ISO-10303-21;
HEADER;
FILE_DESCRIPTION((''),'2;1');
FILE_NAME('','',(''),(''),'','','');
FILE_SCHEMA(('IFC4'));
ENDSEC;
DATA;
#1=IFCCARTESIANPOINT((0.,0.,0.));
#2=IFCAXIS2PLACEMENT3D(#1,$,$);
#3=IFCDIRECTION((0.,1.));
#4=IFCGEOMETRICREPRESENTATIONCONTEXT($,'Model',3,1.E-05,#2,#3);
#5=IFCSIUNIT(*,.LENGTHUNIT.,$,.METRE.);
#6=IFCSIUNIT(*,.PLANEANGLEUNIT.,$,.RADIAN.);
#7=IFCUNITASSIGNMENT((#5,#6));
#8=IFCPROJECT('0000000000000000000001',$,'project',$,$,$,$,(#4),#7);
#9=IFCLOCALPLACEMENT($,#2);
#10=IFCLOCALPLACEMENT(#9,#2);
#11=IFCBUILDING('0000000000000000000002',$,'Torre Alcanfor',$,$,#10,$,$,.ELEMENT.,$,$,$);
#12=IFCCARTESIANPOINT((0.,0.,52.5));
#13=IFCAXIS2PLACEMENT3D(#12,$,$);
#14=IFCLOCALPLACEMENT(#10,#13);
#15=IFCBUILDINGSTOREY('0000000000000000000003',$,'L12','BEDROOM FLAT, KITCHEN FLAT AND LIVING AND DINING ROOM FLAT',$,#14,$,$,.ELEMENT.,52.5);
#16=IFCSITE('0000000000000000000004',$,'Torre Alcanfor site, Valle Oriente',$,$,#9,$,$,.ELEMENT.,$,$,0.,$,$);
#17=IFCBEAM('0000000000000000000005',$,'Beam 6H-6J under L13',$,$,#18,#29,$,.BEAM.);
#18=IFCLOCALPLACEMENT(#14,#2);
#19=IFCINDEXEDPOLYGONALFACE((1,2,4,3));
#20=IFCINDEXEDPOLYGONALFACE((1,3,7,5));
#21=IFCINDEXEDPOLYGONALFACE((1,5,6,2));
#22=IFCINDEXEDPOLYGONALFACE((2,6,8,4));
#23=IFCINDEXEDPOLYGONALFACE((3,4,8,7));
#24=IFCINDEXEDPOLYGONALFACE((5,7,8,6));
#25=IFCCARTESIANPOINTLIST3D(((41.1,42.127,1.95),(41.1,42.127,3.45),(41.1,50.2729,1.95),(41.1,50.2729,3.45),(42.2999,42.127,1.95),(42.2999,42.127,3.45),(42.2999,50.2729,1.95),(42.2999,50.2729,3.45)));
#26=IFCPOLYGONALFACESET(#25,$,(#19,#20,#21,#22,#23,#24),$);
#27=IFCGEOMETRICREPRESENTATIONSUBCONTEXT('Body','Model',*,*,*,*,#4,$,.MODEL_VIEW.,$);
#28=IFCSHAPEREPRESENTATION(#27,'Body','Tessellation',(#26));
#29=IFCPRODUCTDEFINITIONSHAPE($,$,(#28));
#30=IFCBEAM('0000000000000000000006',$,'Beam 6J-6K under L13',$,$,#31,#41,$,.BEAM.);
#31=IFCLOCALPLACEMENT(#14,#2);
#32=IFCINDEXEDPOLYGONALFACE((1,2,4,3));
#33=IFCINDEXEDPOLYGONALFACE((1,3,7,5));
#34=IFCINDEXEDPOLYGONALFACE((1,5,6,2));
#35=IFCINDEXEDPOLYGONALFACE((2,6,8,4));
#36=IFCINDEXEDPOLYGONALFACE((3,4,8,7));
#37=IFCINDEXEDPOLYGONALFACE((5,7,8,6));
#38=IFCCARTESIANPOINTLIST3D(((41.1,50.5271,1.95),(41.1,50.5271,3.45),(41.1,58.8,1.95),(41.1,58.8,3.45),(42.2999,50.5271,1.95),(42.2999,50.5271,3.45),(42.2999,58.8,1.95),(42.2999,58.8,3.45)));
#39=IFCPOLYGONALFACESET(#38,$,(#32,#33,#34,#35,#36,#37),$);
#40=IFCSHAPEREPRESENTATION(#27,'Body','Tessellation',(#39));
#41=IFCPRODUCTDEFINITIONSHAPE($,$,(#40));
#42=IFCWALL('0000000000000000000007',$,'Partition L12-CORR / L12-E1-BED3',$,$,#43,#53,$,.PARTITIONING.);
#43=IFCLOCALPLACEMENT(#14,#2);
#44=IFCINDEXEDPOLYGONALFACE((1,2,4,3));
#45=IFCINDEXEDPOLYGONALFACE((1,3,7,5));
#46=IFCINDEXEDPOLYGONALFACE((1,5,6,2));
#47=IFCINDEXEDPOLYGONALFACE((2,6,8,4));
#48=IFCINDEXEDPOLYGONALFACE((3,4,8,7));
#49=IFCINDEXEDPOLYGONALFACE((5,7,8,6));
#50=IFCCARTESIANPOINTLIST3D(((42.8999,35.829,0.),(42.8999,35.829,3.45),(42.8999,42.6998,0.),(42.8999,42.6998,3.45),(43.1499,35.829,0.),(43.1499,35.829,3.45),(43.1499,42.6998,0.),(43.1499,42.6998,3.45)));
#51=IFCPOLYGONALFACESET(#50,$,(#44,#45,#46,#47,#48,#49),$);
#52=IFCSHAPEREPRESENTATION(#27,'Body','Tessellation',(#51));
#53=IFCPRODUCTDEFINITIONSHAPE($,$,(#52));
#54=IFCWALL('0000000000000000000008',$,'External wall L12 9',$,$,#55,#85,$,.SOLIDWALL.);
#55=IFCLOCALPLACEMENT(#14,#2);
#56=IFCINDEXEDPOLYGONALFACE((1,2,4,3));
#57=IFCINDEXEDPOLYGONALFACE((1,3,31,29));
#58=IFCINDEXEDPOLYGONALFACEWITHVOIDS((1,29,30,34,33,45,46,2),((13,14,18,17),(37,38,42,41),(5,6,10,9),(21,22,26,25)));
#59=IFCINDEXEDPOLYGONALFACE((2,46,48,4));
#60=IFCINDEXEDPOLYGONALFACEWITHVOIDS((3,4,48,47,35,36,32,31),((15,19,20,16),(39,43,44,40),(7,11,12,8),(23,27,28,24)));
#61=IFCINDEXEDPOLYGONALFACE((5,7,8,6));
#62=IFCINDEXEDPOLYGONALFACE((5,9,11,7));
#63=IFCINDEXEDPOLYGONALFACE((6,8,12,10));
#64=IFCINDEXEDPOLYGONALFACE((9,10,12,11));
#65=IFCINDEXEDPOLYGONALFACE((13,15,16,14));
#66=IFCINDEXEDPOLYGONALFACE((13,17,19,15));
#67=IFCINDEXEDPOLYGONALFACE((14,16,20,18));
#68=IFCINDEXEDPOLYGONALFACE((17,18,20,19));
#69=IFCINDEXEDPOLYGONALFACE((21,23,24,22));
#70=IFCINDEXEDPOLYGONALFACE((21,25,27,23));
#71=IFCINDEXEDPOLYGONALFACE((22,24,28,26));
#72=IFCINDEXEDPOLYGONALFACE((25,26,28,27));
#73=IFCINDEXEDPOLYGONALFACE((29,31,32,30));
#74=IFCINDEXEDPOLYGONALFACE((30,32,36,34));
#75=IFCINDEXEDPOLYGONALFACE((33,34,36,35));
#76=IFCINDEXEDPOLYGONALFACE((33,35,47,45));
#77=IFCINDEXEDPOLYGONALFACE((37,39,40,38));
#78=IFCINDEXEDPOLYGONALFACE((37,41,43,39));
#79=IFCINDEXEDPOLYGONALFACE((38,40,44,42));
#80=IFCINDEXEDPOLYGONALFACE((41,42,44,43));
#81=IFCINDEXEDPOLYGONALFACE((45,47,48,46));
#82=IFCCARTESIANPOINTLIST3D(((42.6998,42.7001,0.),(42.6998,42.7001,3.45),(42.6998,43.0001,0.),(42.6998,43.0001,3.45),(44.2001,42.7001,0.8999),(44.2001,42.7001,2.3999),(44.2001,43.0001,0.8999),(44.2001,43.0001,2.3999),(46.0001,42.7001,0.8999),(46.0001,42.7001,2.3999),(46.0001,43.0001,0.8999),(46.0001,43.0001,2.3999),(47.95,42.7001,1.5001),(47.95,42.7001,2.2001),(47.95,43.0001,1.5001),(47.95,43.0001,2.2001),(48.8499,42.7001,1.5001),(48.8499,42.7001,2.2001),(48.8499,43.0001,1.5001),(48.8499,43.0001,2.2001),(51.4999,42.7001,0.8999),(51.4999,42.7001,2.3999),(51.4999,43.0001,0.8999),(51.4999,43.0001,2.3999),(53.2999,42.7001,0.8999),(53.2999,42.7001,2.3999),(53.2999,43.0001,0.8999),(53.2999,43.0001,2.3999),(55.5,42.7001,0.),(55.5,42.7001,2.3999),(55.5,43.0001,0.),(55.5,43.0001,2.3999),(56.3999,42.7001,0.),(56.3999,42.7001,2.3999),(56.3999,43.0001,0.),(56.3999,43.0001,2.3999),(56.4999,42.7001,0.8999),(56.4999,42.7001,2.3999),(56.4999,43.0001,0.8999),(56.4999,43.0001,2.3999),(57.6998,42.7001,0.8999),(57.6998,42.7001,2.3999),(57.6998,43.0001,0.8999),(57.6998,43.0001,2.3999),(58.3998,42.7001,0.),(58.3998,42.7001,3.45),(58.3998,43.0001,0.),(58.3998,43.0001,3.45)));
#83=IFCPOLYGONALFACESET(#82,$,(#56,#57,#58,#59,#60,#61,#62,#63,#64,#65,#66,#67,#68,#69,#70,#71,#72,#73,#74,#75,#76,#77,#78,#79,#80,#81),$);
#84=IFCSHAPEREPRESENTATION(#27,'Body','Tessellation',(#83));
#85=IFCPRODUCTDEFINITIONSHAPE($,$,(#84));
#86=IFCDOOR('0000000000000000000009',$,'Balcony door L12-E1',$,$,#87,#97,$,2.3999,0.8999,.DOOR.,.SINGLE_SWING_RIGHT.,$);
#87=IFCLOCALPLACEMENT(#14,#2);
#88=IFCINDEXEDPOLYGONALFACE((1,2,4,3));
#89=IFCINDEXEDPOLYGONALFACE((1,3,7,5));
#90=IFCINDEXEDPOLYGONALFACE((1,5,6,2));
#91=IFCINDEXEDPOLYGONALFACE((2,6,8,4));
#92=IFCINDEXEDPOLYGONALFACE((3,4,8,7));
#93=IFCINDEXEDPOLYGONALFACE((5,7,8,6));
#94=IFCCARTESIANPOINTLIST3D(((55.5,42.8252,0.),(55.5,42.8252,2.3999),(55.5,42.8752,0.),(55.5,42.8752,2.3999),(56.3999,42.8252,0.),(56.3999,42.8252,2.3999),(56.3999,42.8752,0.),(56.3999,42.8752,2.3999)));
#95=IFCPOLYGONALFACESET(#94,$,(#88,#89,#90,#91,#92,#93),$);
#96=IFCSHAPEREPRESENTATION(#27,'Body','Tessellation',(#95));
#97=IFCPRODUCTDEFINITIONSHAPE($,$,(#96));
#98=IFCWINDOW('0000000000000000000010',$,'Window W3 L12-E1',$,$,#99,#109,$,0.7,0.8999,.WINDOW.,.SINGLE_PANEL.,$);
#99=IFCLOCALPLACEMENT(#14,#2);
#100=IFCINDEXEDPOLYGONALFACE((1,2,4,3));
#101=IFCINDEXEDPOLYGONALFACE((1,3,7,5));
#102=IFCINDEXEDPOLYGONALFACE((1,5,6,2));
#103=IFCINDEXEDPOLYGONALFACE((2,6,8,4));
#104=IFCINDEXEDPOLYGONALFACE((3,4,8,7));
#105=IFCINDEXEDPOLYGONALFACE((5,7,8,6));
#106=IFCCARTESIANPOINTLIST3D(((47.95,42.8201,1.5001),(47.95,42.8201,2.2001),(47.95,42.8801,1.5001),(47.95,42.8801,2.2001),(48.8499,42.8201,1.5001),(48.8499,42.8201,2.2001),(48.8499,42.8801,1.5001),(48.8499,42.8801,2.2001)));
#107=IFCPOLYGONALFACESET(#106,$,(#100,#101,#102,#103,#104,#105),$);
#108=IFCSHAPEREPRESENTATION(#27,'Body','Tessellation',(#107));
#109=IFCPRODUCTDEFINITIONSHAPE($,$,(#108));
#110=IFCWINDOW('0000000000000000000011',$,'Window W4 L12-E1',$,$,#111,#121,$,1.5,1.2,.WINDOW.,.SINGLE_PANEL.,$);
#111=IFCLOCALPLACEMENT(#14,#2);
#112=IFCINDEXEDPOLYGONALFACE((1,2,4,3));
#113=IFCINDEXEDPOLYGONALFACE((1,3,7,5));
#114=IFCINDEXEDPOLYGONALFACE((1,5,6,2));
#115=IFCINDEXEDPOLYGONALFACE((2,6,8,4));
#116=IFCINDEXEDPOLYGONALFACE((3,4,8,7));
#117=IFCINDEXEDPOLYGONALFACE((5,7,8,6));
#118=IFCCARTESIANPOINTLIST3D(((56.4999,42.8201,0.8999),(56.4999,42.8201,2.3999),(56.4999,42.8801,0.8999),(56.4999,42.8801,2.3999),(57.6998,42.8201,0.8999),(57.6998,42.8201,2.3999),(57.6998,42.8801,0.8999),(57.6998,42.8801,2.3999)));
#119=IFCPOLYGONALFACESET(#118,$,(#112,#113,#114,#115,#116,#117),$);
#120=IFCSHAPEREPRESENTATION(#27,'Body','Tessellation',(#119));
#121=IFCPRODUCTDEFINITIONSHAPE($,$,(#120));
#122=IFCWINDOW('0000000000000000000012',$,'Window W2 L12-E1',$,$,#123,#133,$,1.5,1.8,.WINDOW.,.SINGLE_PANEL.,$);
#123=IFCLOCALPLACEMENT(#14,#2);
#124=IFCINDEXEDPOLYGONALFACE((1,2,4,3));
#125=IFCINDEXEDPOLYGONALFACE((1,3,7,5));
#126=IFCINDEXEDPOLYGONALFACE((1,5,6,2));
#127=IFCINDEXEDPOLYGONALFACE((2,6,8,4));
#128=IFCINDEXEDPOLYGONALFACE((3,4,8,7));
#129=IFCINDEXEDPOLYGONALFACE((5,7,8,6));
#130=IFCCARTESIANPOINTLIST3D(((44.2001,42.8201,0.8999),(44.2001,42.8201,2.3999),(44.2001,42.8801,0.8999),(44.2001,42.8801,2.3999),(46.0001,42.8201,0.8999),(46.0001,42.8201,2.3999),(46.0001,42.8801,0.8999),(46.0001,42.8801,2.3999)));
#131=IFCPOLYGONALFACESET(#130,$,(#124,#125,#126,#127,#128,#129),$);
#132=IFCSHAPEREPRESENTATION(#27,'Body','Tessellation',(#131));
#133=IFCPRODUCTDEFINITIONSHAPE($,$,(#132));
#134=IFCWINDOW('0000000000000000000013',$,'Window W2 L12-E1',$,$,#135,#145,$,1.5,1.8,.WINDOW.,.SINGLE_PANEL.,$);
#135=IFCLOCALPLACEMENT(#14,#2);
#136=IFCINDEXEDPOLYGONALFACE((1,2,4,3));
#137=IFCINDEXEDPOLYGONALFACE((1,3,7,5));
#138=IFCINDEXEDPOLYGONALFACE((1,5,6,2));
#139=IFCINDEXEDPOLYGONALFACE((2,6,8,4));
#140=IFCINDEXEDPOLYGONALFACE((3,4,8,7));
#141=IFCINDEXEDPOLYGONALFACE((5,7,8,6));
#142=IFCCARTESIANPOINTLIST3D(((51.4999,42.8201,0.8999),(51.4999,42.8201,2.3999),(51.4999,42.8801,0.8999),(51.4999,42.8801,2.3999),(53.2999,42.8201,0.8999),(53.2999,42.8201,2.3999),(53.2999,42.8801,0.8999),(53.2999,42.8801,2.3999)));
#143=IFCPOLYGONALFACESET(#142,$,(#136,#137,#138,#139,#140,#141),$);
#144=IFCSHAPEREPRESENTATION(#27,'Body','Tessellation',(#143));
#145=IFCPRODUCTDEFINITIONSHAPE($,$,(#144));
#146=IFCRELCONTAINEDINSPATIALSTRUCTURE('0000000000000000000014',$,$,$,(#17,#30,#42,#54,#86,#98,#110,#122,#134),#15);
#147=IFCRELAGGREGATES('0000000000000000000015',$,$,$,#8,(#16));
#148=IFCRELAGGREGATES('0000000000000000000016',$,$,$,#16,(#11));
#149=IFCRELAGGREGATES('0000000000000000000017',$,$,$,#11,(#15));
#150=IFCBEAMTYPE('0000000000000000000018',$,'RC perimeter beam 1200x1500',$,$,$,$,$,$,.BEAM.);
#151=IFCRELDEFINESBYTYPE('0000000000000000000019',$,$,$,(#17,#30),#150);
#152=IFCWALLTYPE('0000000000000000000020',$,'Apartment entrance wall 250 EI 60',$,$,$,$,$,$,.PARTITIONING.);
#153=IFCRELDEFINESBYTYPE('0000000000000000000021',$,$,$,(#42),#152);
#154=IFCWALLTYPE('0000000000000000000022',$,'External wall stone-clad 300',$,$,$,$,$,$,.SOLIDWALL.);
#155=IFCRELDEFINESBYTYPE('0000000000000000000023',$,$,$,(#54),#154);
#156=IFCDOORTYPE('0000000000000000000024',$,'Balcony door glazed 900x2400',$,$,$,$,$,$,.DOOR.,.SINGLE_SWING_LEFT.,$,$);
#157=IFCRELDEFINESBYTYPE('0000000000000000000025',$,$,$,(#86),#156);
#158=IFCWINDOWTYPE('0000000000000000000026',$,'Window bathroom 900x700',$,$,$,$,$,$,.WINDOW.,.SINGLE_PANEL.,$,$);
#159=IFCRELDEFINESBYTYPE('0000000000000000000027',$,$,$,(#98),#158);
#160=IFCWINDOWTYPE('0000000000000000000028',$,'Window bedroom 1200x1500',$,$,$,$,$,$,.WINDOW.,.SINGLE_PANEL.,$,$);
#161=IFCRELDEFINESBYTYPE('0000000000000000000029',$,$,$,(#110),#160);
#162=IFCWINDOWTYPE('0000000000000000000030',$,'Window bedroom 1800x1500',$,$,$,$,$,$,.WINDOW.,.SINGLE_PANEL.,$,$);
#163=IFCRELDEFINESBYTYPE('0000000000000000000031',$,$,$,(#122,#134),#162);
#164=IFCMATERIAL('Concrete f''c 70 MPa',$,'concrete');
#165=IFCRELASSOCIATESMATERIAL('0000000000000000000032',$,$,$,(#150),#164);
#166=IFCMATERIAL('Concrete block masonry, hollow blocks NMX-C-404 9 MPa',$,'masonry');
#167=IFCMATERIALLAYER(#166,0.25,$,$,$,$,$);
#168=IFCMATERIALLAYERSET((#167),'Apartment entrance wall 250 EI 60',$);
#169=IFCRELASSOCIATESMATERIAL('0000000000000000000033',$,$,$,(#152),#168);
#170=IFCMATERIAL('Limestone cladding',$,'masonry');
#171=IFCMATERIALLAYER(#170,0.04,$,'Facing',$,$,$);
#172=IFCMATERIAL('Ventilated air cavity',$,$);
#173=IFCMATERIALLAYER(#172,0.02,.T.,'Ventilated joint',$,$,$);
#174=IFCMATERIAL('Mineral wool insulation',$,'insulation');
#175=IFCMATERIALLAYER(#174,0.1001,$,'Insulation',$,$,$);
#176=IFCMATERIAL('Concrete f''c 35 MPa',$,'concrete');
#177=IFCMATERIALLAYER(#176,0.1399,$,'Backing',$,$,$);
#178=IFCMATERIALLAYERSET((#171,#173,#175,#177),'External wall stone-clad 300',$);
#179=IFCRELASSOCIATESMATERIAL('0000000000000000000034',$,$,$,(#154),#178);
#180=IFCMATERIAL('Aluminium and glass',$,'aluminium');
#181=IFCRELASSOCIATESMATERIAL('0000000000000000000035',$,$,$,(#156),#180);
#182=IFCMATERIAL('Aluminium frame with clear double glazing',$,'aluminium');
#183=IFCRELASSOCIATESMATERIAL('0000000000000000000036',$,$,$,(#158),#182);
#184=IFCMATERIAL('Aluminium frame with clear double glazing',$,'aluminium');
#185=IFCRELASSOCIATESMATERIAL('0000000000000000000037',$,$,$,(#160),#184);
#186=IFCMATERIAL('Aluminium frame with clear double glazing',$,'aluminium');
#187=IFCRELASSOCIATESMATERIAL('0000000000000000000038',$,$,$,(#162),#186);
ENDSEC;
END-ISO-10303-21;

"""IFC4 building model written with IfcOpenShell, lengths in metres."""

from ifc_helpers import new_model, si_unit, direction, frame, frame_2d, origin, origin_2d, place, context, subcontext, project, spatial, rectangle, extrude, material, layer, layer_set, material_profile, profile_set, type_object, element, fill, save


model = new_model("IFC4")

# Units and contexts
model_context = context("Model", 3, precision=1e-05, world=origin(), true_north=direction((0.0, 1.0)))
body_context = subcontext(model_context, "Body", "Model", "MODEL_VIEW")
ifc_project = project(units=[si_unit("LENGTHUNIT", "METRE"), si_unit("PLANEANGLEUNIT", "RADIAN")], contexts=[model_context])

# Site, building, storey
site_placement = place(None, origin())
site = spatial("IfcSite", under=ifc_project, at=site_placement, Name="Torre Alcanfor site, Valle Oriente", CompositionType="ELEMENT", RefElevation=0.0)
building_placement = place(site_placement, origin())
building = spatial("IfcBuilding", under=site, at=building_placement, Name="Torre Alcanfor", CompositionType="ELEMENT")
storey_placement = place(building_placement, frame((0.0, 0.0, 52.5)))
storey = spatial("IfcBuildingStorey", under=building, at=storey_placement, Name="L12", Description="BEDROOM FLAT, KITCHEN FLAT AND LIVING AND DINING ROOM FLAT", CompositionType="ELEMENT", Elevation=52.5)

# Beams
ifc_material_1 = material(Name="Concrete f'c 70 MPa", Category="concrete")
ifc_material_profile_1 = material_profile(ifc_material_1, rectangle(XDim=1.2, YDim=1.5, at=origin_2d()), Name="1200x1500")
ifc_profile_set_1 = profile_set([ifc_material_profile_1], Name="Concrete f'c 70 MPa")
beam_type_1 = type_object("IfcBeamType", Name="RC perimeter beam 1200x1500", PredefinedType="BEAM", material=ifc_profile_set_1)
beam_1_placement = place(storey_placement, frame((41.7, 42.127, 2.7), z_axis=(0.0, 1.0, 0.0), x_axis=(-1.0, 0.0, 0.0)))
element("IfcBeam", 1, at=beam_1_placement, inside=storey, type_object=beam_type_1, Name="Beam 6H-6J under L13", PredefinedType="BEAM", context=body_context, shape_type="SweptSolid", body=[
    extrude(rectangle(XDim=1.2, YDim=1.5, at=origin_2d()), origin(), (0.0, 0.0, 1.0), 8.146),
])
beam_2_placement = place(storey_placement, frame((41.7, 50.5271, 2.7), z_axis=(0.0, 1.0, 0.0), x_axis=(-1.0, 0.0, 0.0)))
element("IfcBeam", 2, at=beam_2_placement, inside=storey, type_object=beam_type_1, Name="Beam 6J-6K under L13", PredefinedType="BEAM", context=body_context, shape_type="SweptSolid", body=[
    extrude(rectangle(XDim=1.2, YDim=1.5, at=origin_2d()), origin(), (0.0, 0.0, 1.0), 8.2729),
])

# Wall
ifc_material_2 = material(Name="Concrete block masonry, hollow blocks NMX-C-404 9 MPa", Category="masonry")
ifc_layer_1 = layer(ifc_material_2, 0.25)
ifc_layer_set_1 = layer_set([ifc_layer_1], Name="Apartment entrance wall 250 EI 60")
wall_type_1 = type_object("IfcWallType", Name="Apartment entrance wall 250 EI 60", PredefinedType="PARTITIONING", material=ifc_layer_set_1)
wall_1_placement = place(storey_placement, frame((43.0249, 42.7, 0.0), z_axis=(0.0, 0.0, 1.0), x_axis=(0.0, -1.0, 0.0)))
element("IfcWall", 3, at=wall_1_placement, inside=storey, type_object=wall_type_1, Name="Partition L12-CORR / L12-E1-BED3", PredefinedType="PARTITIONING", context=body_context, shape_type="SweptSolid", body=[
    extrude(rectangle(XDim=6.8708, YDim=0.25, at=frame_2d((3.4355, 0.0))), origin(), (0.0, 0.0, 1.0), 3.45),
])

# Wall, openings, door, windows
ifc_material_3 = material(Name="Limestone cladding", Category="masonry")
ifc_layer_2 = layer(ifc_material_3, 0.04, Name="Facing")
ifc_material_4 = material(Name="Ventilated air cavity")
ifc_layer_3 = layer(ifc_material_4, 0.02, ventilated=True, Name="Ventilated joint")
ifc_material_5 = material(Name="Mineral wool insulation", Category="insulation")
ifc_layer_4 = layer(ifc_material_5, 0.1001, Name="Insulation")
ifc_material_6 = material(Name="Concrete f'c 35 MPa", Category="concrete")
ifc_layer_5 = layer(ifc_material_6, 0.1399, Name="Backing")
ifc_layer_set_2 = layer_set([ifc_layer_2, ifc_layer_3, ifc_layer_4, ifc_layer_5], Name="External wall stone-clad 300")
wall_type_2 = type_object("IfcWallType", Name="External wall stone-clad 300", PredefinedType="SOLIDWALL", material=ifc_layer_set_2)
wall_2_placement = place(storey_placement, frame((58.3999, 42.8501, 0.0), z_axis=(0.0, 0.0, 1.0), x_axis=(-1.0, 0.0, 0.0)))
wall_2 = element("IfcWall", 4, at=wall_2_placement, inside=storey, type_object=wall_type_2, Name="External wall L12 9", PredefinedType="SOLIDWALL", context=body_context, shape_type="SweptSolid", body=[
    extrude(rectangle(XDim=15.7, YDim=0.3, at=frame_2d((7.8501, 0.0))), origin(), (0.0, 0.0, 1.0), 3.45),
])
opening_1_placement = place(wall_2_placement, frame((12.3999, 0.0, 0.8999)))
opening_1 = element("IfcOpeningElement", 5, at=opening_1_placement, cuts=wall_2, PredefinedType="OPENING", context=body_context, shape_type="SweptSolid", body=[
    extrude(rectangle(XDim=1.8, YDim=1.5, at=frame_2d((0.8999, 0.75))), frame((0.0, 0.1599, 0.0), z_axis=(0.0, -1.0, 0.0), x_axis=(1.0, 0.0, 0.0)), (0.0, 0.0, 1.0), 0.3201),
])
opening_2_placement = place(wall_2_placement, frame((9.55, 0.0, 1.5)))
opening_2 = element("IfcOpeningElement", 6, at=opening_2_placement, cuts=wall_2, PredefinedType="OPENING", context=body_context, shape_type="SweptSolid", body=[
    extrude(rectangle(XDim=0.8999, YDim=0.7, at=frame_2d((0.45, 0.3501))), frame((0.0, 0.1599, 0.0), z_axis=(0.0, -1.0, 0.0), x_axis=(1.0, 0.0, 0.0)), (0.0, 0.0, 1.0), 0.3201),
])
opening_3_placement = place(wall_2_placement, frame((5.1001, 0.0, 0.8999)))
opening_3 = element("IfcOpeningElement", 7, at=opening_3_placement, cuts=wall_2, PredefinedType="OPENING", context=body_context, shape_type="SweptSolid", body=[
    extrude(rectangle(XDim=1.8, YDim=1.5, at=frame_2d((0.8999, 0.75))), frame((0.0, 0.1599, 0.0), z_axis=(0.0, -1.0, 0.0), x_axis=(1.0, 0.0, 0.0)), (0.0, 0.0, 1.0), 0.3201),
])
opening_4_placement = place(wall_2_placement, frame((2.0, 0.0, 0.0)))
opening_4 = element("IfcOpeningElement", 8, at=opening_4_placement, cuts=wall_2, PredefinedType="OPENING", context=body_context, shape_type="SweptSolid", body=[
    extrude(rectangle(XDim=0.8999, YDim=2.3999, at=frame_2d((0.45, 1.2))), frame((0.0, 0.1599, 0.0), z_axis=(0.0, -1.0, 0.0), x_axis=(1.0, 0.0, 0.0)), (0.0, 0.0, 1.0), 0.3201),
])
opening_5_placement = place(wall_2_placement, frame((0.7, 0.0, 0.8999)))
opening_5 = element("IfcOpeningElement", 9, at=opening_5_placement, cuts=wall_2, PredefinedType="OPENING", context=body_context, shape_type="SweptSolid", body=[
    extrude(rectangle(XDim=1.2, YDim=1.5, at=frame_2d((0.6001, 0.75))), frame((0.0, 0.1599, 0.0), z_axis=(0.0, -1.0, 0.0), x_axis=(1.0, 0.0, 0.0)), (0.0, 0.0, 1.0), 0.3201),
])
ifc_material_7 = material(Name="Aluminium and glass", Category="aluminium")
door_type = type_object("IfcDoorType", Name="Balcony door glazed 900x2400", OperationType="SINGLE_SWING_LEFT", PredefinedType="DOOR", material=ifc_material_7)
door_1_placement = place(opening_4_placement, origin())
door_1 = element("IfcDoor", 10, at=door_1_placement, inside=storey, type_object=door_type, Name="Balcony door L12-E1", OperationType="SINGLE_SWING_RIGHT", OverallHeight=2.3999, OverallWidth=0.8999, PredefinedType="DOOR", context=body_context, shape_type="SweptSolid", body=[
    extrude(rectangle(XDim=0.8999, YDim=2.3999, at=frame_2d((0.45, 1.2))), frame((0.0, 0.0249, 0.0), z_axis=(0.0, -1.0, 0.0), x_axis=(1.0, 0.0, 0.0)), (0.0, 0.0, 1.0), 0.05),
])
fill(opening_4, door_1)
ifc_material_8 = material(Name="Aluminium frame with clear double glazing", Category="aluminium")
window_type_1 = type_object("IfcWindowType", Name="Window bathroom 900x700", PartitioningType="SINGLE_PANEL", PredefinedType="WINDOW", material=ifc_material_8)
window_1_placement = place(opening_2_placement, origin())
window_1 = element("IfcWindow", 11, at=window_1_placement, inside=storey, type_object=window_type_1, Name="Window W3 L12-E1", OverallHeight=0.7, OverallWidth=0.8999, PartitioningType="SINGLE_PANEL", PredefinedType="WINDOW", context=body_context, shape_type="SweptSolid", body=[
    extrude(rectangle(XDim=0.8999, YDim=0.7, at=frame_2d((0.45, 0.3501))), frame((0.0, 0.03, 0.0), z_axis=(0.0, -1.0, 0.0), x_axis=(1.0, 0.0, 0.0)), (0.0, 0.0, 1.0), 0.0601),
])
fill(opening_2, window_1)
ifc_material_9 = material(Name="Aluminium frame with clear double glazing", Category="aluminium")
window_type_2 = type_object("IfcWindowType", Name="Window bedroom 1200x1500", PartitioningType="SINGLE_PANEL", PredefinedType="WINDOW", material=ifc_material_9)
window_2_placement = place(opening_5_placement, origin())
window_2 = element("IfcWindow", 12, at=window_2_placement, inside=storey, type_object=window_type_2, Name="Window W4 L12-E1", OverallHeight=1.5, OverallWidth=1.2, PartitioningType="SINGLE_PANEL", PredefinedType="WINDOW", context=body_context, shape_type="SweptSolid", body=[
    extrude(rectangle(XDim=1.2, YDim=1.5, at=frame_2d((0.6001, 0.75))), frame((0.0, 0.03, 0.0), z_axis=(0.0, -1.0, 0.0), x_axis=(1.0, 0.0, 0.0)), (0.0, 0.0, 1.0), 0.0601),
])
fill(opening_5, window_2)
ifc_material_10 = material(Name="Aluminium frame with clear double glazing", Category="aluminium")
window_type_3 = type_object("IfcWindowType", Name="Window bedroom 1800x1500", PartitioningType="SINGLE_PANEL", PredefinedType="WINDOW", material=ifc_material_10)
window_3_placement = place(opening_1_placement, origin())
window_3 = element("IfcWindow", 13, at=window_3_placement, inside=storey, type_object=window_type_3, Name="Window W2 L12-E1", OverallHeight=1.5, OverallWidth=1.8, PartitioningType="SINGLE_PANEL", PredefinedType="WINDOW", context=body_context, shape_type="SweptSolid", body=[
    extrude(rectangle(XDim=1.8, YDim=1.5, at=frame_2d((0.8999, 0.75))), frame((0.0, 0.03, 0.0), z_axis=(0.0, -1.0, 0.0), x_axis=(1.0, 0.0, 0.0)), (0.0, 0.0, 1.0), 0.0601),
])
fill(opening_1, window_3)
window_4_placement = place(opening_3_placement, origin())
window_4 = element("IfcWindow", 14, at=window_4_placement, inside=storey, type_object=window_type_3, Name="Window W2 L12-E1", OverallHeight=1.5, OverallWidth=1.8, PartitioningType="SINGLE_PANEL", PredefinedType="WINDOW", context=body_context, shape_type="SweptSolid", body=[
    extrude(rectangle(XDim=1.8, YDim=1.5, at=frame_2d((0.8999, 0.75))), frame((0.0, 0.03, 0.0), z_axis=(0.0, -1.0, 0.0), x_axis=(1.0, 0.0, 0.0)), (0.0, 0.0, 1.0), 0.0601),
])
fill(opening_3, window_4)

save(model, "model.ifc")
